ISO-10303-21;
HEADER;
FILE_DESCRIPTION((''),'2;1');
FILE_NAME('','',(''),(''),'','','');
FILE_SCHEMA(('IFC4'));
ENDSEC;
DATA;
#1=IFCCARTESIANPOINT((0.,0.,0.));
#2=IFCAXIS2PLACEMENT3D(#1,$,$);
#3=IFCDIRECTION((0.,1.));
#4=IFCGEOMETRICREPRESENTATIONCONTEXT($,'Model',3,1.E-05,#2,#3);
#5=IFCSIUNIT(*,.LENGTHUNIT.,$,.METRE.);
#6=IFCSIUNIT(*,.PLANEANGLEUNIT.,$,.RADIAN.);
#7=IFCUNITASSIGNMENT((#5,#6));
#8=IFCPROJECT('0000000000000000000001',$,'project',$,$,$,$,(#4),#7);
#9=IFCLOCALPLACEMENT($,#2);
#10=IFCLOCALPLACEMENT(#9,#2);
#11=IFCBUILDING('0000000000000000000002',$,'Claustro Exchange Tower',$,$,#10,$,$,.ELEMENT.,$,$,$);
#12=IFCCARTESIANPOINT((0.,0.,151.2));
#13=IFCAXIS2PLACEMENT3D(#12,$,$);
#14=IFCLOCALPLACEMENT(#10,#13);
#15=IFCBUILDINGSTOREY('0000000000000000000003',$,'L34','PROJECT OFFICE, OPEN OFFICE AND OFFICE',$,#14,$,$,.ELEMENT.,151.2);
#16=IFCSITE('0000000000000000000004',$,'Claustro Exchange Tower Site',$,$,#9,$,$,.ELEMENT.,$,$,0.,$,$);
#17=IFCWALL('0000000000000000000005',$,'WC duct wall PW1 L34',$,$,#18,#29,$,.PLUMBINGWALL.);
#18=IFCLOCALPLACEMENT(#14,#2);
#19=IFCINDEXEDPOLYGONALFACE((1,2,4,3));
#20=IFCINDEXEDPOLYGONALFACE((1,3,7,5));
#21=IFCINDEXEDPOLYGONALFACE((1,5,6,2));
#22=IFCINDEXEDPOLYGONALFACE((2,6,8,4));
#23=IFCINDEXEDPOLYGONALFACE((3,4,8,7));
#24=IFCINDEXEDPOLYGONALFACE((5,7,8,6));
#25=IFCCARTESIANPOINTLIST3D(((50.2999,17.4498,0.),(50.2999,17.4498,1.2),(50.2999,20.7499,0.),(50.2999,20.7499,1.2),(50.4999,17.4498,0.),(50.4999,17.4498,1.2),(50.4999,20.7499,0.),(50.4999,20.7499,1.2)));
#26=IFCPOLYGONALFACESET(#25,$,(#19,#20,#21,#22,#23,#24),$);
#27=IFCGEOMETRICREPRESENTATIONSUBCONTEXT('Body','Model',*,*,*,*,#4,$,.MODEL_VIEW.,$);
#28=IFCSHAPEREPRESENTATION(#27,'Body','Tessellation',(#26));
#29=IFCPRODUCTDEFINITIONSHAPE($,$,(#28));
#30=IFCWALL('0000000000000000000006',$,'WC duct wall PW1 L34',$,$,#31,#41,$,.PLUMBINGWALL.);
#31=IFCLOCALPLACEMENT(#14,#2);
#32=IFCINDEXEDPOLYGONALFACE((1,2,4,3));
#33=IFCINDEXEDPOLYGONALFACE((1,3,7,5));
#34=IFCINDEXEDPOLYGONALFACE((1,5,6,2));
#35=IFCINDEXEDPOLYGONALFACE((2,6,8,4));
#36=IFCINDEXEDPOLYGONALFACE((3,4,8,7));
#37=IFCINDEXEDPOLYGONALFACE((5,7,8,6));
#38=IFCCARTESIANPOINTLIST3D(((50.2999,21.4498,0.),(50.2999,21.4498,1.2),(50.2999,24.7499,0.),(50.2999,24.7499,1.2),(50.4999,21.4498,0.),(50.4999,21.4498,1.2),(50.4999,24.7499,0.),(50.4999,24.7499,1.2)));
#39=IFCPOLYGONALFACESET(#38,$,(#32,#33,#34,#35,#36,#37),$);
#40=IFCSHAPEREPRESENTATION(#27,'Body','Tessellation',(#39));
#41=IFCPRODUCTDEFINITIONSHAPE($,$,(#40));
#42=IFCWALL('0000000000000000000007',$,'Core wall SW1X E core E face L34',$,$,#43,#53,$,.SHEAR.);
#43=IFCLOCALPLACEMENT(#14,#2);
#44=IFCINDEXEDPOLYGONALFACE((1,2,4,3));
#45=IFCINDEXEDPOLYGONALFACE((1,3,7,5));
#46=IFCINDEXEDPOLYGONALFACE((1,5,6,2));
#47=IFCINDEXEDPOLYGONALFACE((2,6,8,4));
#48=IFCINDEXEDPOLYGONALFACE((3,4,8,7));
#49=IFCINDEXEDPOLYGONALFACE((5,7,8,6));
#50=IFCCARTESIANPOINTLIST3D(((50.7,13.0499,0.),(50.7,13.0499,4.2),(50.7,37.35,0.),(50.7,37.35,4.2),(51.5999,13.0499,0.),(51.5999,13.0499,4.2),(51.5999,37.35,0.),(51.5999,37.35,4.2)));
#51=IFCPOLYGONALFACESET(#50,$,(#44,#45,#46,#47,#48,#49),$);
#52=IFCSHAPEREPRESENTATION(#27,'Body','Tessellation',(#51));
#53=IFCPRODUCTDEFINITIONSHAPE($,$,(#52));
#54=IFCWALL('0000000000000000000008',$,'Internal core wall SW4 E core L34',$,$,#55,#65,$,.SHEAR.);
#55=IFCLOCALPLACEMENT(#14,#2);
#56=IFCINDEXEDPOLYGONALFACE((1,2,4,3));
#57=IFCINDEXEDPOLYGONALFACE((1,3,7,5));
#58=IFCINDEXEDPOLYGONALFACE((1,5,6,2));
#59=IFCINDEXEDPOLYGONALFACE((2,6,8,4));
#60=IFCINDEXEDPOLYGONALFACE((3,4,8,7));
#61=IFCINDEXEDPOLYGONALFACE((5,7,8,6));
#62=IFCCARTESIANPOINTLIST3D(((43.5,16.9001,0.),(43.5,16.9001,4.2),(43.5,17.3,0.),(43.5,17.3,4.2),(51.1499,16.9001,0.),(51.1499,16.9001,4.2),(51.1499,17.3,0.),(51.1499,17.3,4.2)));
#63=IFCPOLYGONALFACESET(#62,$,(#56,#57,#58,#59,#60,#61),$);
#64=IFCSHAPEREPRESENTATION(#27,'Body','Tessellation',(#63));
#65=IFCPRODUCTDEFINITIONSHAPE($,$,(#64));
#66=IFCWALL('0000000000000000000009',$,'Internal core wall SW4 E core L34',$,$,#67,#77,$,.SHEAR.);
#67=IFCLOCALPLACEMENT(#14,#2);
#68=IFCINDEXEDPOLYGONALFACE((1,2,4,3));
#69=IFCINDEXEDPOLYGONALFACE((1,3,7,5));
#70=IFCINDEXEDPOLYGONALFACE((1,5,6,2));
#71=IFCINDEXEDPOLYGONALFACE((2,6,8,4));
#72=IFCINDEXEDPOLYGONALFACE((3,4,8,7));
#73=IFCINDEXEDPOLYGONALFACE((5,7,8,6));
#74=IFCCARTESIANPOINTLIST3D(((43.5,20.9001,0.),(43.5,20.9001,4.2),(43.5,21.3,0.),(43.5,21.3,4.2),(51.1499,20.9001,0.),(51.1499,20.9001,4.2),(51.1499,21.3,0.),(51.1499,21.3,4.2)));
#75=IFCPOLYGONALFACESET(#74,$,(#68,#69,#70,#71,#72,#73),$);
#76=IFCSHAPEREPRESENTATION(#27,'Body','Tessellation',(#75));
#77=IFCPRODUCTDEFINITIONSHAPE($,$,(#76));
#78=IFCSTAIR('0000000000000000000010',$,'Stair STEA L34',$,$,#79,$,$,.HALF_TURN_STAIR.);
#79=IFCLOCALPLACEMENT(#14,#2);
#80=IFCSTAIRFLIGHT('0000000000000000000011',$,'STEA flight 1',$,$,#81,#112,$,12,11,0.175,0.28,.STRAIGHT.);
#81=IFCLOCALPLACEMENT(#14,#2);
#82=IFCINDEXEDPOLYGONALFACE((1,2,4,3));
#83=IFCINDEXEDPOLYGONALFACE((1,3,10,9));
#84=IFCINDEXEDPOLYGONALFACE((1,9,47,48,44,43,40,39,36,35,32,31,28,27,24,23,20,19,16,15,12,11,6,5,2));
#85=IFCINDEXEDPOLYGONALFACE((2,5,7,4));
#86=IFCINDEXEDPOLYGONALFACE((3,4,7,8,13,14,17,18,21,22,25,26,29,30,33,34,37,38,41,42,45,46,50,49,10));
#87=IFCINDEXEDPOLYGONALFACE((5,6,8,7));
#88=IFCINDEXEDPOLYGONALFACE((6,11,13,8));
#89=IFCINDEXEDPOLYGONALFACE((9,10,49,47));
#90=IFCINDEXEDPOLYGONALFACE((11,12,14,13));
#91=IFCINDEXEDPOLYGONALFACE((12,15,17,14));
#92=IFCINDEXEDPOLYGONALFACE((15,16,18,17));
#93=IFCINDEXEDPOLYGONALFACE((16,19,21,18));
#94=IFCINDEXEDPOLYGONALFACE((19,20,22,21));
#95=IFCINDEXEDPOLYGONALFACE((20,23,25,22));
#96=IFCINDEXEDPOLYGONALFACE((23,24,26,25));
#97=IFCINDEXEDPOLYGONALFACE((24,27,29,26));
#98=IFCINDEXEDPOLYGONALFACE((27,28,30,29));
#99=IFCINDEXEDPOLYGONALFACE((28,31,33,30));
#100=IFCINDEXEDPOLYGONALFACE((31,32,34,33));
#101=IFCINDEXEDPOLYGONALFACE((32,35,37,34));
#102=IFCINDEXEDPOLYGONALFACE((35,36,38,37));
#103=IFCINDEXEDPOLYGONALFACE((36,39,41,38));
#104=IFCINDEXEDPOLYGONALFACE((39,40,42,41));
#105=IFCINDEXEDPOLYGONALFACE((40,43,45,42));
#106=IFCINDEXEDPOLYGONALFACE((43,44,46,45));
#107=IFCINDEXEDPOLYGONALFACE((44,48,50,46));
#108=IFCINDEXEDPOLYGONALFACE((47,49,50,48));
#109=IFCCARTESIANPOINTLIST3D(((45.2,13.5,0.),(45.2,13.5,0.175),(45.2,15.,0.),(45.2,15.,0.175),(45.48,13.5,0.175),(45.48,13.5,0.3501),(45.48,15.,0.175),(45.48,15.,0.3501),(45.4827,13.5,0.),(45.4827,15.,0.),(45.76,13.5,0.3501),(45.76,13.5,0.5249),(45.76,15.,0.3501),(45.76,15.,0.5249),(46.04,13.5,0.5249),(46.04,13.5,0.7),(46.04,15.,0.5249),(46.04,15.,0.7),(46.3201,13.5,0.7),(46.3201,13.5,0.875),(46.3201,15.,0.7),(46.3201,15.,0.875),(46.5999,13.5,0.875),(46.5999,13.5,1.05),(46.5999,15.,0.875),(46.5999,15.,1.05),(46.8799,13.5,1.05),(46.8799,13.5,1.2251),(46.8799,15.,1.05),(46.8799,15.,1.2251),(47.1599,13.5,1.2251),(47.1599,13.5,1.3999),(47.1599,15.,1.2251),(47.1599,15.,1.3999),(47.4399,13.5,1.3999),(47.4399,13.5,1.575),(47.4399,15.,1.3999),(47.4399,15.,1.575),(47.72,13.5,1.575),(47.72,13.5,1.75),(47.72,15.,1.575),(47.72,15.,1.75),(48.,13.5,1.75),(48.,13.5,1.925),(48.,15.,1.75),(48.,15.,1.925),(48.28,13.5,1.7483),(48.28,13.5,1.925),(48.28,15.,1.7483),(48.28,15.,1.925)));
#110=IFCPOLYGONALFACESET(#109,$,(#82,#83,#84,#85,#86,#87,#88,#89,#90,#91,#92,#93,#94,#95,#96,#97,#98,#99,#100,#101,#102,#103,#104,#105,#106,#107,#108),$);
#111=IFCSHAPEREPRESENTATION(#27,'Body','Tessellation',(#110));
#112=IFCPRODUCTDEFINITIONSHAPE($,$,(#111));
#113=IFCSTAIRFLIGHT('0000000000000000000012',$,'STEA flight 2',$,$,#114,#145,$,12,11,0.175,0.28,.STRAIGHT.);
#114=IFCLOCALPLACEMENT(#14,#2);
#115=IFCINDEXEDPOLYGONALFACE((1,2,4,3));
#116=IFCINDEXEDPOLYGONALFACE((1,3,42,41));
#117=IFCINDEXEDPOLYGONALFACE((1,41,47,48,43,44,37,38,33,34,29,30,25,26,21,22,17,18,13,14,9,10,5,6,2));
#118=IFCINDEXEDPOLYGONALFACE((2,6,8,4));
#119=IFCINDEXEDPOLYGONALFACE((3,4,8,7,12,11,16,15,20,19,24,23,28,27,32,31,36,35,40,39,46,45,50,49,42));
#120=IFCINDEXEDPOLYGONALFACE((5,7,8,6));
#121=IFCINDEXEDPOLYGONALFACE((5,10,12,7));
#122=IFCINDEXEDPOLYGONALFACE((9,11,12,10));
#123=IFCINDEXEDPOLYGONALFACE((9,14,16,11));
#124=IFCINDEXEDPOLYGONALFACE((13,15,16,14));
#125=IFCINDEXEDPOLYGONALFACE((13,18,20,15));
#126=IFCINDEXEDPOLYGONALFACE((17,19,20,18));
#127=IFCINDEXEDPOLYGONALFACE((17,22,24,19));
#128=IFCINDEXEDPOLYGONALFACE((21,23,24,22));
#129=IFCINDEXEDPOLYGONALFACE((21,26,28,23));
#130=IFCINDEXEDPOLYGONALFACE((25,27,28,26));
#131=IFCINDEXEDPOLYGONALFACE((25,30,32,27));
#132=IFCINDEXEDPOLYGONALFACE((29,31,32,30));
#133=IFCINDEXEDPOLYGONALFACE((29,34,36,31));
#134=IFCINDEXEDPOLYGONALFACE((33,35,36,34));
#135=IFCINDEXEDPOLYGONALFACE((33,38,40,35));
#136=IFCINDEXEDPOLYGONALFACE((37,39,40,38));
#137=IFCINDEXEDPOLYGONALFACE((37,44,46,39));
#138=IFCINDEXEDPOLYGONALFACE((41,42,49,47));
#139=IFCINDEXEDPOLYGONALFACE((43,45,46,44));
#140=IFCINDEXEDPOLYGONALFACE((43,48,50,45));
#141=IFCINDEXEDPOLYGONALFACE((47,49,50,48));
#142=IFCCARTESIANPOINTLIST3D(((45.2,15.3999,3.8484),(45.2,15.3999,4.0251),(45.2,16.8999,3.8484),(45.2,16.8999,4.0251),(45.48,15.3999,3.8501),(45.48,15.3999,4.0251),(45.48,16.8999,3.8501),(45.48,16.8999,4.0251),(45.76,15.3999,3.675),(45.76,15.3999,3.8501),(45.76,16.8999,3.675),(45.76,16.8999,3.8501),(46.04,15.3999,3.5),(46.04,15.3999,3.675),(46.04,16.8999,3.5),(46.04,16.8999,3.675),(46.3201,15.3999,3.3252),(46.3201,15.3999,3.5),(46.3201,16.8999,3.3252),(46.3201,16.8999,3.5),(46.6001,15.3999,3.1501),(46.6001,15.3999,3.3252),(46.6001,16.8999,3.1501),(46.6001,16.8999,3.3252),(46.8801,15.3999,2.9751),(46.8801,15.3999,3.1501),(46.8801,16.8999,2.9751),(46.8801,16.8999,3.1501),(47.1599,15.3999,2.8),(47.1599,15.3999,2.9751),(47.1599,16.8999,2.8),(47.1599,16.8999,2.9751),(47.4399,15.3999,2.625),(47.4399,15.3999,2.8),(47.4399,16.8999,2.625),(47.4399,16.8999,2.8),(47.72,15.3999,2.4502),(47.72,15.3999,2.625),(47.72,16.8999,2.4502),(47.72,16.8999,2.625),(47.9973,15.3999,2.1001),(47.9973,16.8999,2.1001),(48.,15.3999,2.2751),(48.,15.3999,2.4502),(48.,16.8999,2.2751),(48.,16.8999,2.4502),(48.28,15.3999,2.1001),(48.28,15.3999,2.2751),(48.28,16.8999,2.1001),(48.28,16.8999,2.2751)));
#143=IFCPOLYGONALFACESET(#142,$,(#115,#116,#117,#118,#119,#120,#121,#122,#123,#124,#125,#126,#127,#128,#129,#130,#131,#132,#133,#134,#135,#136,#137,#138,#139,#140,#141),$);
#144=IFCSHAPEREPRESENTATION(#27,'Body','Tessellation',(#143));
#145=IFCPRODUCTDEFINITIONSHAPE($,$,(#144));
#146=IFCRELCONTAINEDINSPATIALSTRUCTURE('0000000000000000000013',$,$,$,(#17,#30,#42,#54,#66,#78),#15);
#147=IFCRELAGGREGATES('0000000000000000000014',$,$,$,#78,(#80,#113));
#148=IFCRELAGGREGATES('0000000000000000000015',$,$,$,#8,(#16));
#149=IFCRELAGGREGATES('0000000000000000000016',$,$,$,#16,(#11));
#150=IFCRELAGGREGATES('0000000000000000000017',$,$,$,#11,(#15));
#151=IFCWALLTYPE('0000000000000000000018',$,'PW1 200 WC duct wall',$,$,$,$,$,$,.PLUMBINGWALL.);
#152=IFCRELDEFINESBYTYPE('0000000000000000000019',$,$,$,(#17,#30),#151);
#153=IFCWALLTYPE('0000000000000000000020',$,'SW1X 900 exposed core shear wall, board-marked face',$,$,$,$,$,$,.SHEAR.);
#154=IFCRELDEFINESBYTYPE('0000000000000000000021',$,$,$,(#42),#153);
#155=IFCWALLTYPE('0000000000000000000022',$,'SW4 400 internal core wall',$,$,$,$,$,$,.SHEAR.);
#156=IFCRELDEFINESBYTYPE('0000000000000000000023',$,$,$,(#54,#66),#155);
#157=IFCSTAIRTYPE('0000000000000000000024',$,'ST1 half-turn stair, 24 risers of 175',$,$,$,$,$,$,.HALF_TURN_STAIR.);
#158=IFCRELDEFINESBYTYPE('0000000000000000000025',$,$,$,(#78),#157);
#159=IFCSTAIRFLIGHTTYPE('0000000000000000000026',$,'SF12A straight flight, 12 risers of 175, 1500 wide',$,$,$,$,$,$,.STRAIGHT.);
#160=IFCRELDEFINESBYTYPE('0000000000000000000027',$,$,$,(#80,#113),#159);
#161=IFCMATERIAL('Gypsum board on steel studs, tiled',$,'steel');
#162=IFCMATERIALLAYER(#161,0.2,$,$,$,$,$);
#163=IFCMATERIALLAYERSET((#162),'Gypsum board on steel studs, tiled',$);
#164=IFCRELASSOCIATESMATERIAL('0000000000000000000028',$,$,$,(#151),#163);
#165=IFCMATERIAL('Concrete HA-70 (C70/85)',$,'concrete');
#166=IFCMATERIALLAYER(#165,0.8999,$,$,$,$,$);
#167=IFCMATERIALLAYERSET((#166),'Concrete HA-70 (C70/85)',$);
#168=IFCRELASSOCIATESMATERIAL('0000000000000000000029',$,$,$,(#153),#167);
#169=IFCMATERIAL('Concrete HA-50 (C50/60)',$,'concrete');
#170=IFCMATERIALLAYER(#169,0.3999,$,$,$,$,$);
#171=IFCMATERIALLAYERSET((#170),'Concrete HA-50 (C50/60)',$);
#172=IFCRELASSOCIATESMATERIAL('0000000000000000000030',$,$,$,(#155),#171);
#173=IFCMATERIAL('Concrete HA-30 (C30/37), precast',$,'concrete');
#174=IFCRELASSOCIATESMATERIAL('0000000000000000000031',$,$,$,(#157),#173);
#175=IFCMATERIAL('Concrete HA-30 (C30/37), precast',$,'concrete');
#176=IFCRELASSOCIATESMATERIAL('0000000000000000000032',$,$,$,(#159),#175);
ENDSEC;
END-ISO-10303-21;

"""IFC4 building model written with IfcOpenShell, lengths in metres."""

from ifc_helpers import new_model, si_unit, direction, frame, frame_2d, origin, place, context, subcontext, project, spatial, polyline, rectangle, outline, extrude, material, layer, layer_set, type_object, element, aggregate, save


model = new_model("IFC4")

# Units and contexts
model_context = context("Model", 3, precision=1e-05, world=origin(), true_north=direction((0.0, 1.0)))
body_context = subcontext(model_context, "Body", "Model", "MODEL_VIEW")
ifc_project = project(units=[si_unit("LENGTHUNIT", "METRE"), si_unit("PLANEANGLEUNIT", "RADIAN")], contexts=[model_context])

# Site, building, storey
site_placement = place(None, origin())
site = spatial("IfcSite", under=ifc_project, at=site_placement, Name="Claustro Exchange Tower Site", CompositionType="ELEMENT", RefElevation=0.0)
building_placement = place(site_placement, origin())
building = spatial("IfcBuilding", under=site, at=building_placement, Name="Claustro Exchange Tower", CompositionType="ELEMENT")
storey_placement = place(building_placement, frame((0.0, 0.0, 151.2)))
storey = spatial("IfcBuildingStorey", under=building, at=storey_placement, Name="L34", Description="PROJECT OFFICE, OPEN OFFICE AND OFFICE", CompositionType="ELEMENT", Elevation=151.2)

# Walls
ifc_material_1 = material(Name="Gypsum board on steel studs, tiled", Category="steel")
ifc_layer_1 = layer(ifc_material_1, 0.2)
ifc_layer_set_1 = layer_set([ifc_layer_1], Name="Gypsum board on steel studs, tiled")
wall_type_1 = type_object("IfcWallType", Name="PW1 200 WC duct wall", PredefinedType="PLUMBINGWALL", material=ifc_layer_set_1)
for number, where, z_axis, x_axis, name in (
    (1, (50.3999, 17.45, 0.0), (0.0, 0.0, 1.0), (0.0, 1.0, 0.0), "WC duct wall PW1 L34"),
    (2, (50.3999, 21.45, 0.0), (0.0, 0.0, 1.0), (0.0, 1.0, 0.0), "WC duct wall PW1 L34"),
):
    element("IfcWall", number, at=place(storey_placement, frame(where, z_axis=z_axis, x_axis=x_axis)), inside=storey, type_object=wall_type_1, Name=name, PredefinedType="PLUMBINGWALL", context=body_context, shape_type="SweptSolid", body=[
        extrude(rectangle(XDim=3.3, YDim=0.2, at=frame_2d((1.6499, 0.0))), origin(), (0.0, 0.0, 1.0), 1.2),
    ])
ifc_material_2 = material(Name="Concrete HA-70 (C70/85)", Category="concrete")
ifc_layer_2 = layer(ifc_material_2, 0.8999)
ifc_layer_set_2 = layer_set([ifc_layer_2], Name="Concrete HA-70 (C70/85)")
wall_type_2 = type_object("IfcWallType", Name="SW1X 900 exposed core shear wall, board-marked face", PredefinedType="SHEAR", material=ifc_layer_set_2)
wall_placement = place(storey_placement, frame((51.1499, 13.05, 0.0), z_axis=(0.0, 0.0, 1.0), x_axis=(0.0, 1.0, 0.0)))
element("IfcWall", 3, at=wall_placement, inside=storey, type_object=wall_type_2, Name="Core wall SW1X E core E face L34", PredefinedType="SHEAR", context=body_context, shape_type="SweptSolid", body=[
    extrude(rectangle(XDim=24.3, YDim=0.8999, at=frame_2d((12.1499, 0.0))), origin(), (0.0, 0.0, 1.0), 4.2),
])
ifc_material_3 = material(Name="Concrete HA-50 (C50/60)", Category="concrete")
ifc_layer_3 = layer(ifc_material_3, 0.3999)
ifc_layer_set_3 = layer_set([ifc_layer_3], Name="Concrete HA-50 (C50/60)")
wall_type_3 = type_object("IfcWallType", Name="SW4 400 internal core wall", PredefinedType="SHEAR", material=ifc_layer_set_3)
for number, where, z_axis, x_axis, name in (
    (4, (51.1499, 17.1001, 0.0), (0.0, 0.0, 1.0), (-1.0, 0.0, 0.0), "Internal core wall SW4 E core L34"),
    (5, (51.1499, 21.1001, 0.0), (0.0, 0.0, 1.0), (-1.0, 0.0, 0.0), "Internal core wall SW4 E core L34"),
):
    element("IfcWall", number, at=place(storey_placement, frame(where, z_axis=z_axis, x_axis=x_axis)), inside=storey, type_object=wall_type_3, Name=name, PredefinedType="SHEAR", context=body_context, shape_type="SweptSolid", body=[
        extrude(rectangle(XDim=7.6499, YDim=0.3999, at=frame_2d((3.825, 0.0))), origin(), (0.0, 0.0, 1.0), 4.2),
    ])

# Stair, stair flights
ifc_material_4 = material(Name="Concrete HA-30 (C30/37), precast", Category="concrete")
stair_type = type_object("IfcStairType", Name="ST1 half-turn stair, 24 risers of 175", PredefinedType="HALF_TURN_STAIR", material=ifc_material_4)
stair_placement = place(storey_placement, origin())
stair = element("IfcStair", 6, at=stair_placement, inside=storey, type_object=stair_type, Name="Stair STEA L34", PredefinedType="HALF_TURN_STAIR")
ifc_material_5 = material(Name="Concrete HA-30 (C30/37), precast", Category="concrete")
stair_flight_type = type_object("IfcStairFlightType", Name="SF12A straight flight, 12 risers of 175, 1500 wide", PredefinedType="STRAIGHT", material=ifc_material_5)
stair_flight_1_placement = place(storey_placement, frame((45.2, 14.25, 0.0), z_axis=(0.0, 0.0, 1.0), x_axis=(1.0, 0.0, 0.0)))
stair_flight_1 = element("IfcStairFlight", 7, at=stair_flight_1_placement, type_object=stair_flight_type, Name="STEA flight 1", NumberOfRisers=12, NumberOfTreads=11, PredefinedType="STRAIGHT", RiserHeight=0.175, TreadLength=0.28, context=body_context, shape_type="SweptSolid", body=[
    extrude(outline(polyline([(0.0, 0.0), (0.0, 0.175), (0.28, 0.175), (0.28, 0.3501), (0.5601, 0.3501), (0.5601, 0.5249), (0.8401, 0.5249), (0.8401, 0.7), (1.1201, 0.7), (1.1201, 0.875), (1.3999, 0.875), (1.3999, 1.05), (1.6799, 1.05), (1.6799, 1.2251), (1.96, 1.2251), (1.96, 1.3999), (2.24, 1.3999), (2.24, 1.575), (2.52, 1.575), (2.52, 1.75), (2.8, 1.75), (2.8, 1.925), (3.0801, 1.925), (3.0801, 2.1001), (3.0801, 1.7483), (0.2827, 0.0), (0.0, 0.0)])), frame((0.0, 0.75, 0.0), z_axis=(0.0, -1.0, 0.0), x_axis=(1.0, 0.0, 0.0)), (0.0, 0.0, 1.0), 1.5),
])
stair_flight_2_placement = place(storey_placement, frame((48.28, 16.1499, 2.1001), z_axis=(0.0, 0.0, 1.0), x_axis=(-1.0, 0.0, 0.0)))
stair_flight_2 = element("IfcStairFlight", 8, at=stair_flight_2_placement, type_object=stair_flight_type, Name="STEA flight 2", NumberOfRisers=12, NumberOfTreads=11, PredefinedType="STRAIGHT", RiserHeight=0.175, TreadLength=0.28, context=body_context, shape_type="SweptSolid", body=[
    extrude(outline(polyline([(0.0, 0.0), (0.0, 0.175), (0.28, 0.175), (0.28, 0.3501), (0.5601, 0.3501), (0.5601, 0.5249), (0.8401, 0.5249), (0.8401, 0.7), (1.1201, 0.7), (1.1201, 0.875), (1.3999, 0.875), (1.3999, 1.05), (1.6799, 1.05), (1.6799, 1.2251), (1.96, 1.2251), (1.96, 1.3999), (2.24, 1.3999), (2.24, 1.575), (2.52, 1.575), (2.52, 1.75), (2.8, 1.75), (2.8, 1.925), (3.0801, 1.925), (3.0801, 2.1001), (3.0801, 1.7483), (0.2827, 0.0), (0.0, 0.0)])), frame((0.0, 0.75, 0.0), z_axis=(0.0, -1.0, 0.0), x_axis=(1.0, 0.0, 0.0)), (0.0, 0.0, 1.0), 1.5),
])
aggregate(stair, [stair_flight_1, stair_flight_2])

save(model, "model.ifc")
